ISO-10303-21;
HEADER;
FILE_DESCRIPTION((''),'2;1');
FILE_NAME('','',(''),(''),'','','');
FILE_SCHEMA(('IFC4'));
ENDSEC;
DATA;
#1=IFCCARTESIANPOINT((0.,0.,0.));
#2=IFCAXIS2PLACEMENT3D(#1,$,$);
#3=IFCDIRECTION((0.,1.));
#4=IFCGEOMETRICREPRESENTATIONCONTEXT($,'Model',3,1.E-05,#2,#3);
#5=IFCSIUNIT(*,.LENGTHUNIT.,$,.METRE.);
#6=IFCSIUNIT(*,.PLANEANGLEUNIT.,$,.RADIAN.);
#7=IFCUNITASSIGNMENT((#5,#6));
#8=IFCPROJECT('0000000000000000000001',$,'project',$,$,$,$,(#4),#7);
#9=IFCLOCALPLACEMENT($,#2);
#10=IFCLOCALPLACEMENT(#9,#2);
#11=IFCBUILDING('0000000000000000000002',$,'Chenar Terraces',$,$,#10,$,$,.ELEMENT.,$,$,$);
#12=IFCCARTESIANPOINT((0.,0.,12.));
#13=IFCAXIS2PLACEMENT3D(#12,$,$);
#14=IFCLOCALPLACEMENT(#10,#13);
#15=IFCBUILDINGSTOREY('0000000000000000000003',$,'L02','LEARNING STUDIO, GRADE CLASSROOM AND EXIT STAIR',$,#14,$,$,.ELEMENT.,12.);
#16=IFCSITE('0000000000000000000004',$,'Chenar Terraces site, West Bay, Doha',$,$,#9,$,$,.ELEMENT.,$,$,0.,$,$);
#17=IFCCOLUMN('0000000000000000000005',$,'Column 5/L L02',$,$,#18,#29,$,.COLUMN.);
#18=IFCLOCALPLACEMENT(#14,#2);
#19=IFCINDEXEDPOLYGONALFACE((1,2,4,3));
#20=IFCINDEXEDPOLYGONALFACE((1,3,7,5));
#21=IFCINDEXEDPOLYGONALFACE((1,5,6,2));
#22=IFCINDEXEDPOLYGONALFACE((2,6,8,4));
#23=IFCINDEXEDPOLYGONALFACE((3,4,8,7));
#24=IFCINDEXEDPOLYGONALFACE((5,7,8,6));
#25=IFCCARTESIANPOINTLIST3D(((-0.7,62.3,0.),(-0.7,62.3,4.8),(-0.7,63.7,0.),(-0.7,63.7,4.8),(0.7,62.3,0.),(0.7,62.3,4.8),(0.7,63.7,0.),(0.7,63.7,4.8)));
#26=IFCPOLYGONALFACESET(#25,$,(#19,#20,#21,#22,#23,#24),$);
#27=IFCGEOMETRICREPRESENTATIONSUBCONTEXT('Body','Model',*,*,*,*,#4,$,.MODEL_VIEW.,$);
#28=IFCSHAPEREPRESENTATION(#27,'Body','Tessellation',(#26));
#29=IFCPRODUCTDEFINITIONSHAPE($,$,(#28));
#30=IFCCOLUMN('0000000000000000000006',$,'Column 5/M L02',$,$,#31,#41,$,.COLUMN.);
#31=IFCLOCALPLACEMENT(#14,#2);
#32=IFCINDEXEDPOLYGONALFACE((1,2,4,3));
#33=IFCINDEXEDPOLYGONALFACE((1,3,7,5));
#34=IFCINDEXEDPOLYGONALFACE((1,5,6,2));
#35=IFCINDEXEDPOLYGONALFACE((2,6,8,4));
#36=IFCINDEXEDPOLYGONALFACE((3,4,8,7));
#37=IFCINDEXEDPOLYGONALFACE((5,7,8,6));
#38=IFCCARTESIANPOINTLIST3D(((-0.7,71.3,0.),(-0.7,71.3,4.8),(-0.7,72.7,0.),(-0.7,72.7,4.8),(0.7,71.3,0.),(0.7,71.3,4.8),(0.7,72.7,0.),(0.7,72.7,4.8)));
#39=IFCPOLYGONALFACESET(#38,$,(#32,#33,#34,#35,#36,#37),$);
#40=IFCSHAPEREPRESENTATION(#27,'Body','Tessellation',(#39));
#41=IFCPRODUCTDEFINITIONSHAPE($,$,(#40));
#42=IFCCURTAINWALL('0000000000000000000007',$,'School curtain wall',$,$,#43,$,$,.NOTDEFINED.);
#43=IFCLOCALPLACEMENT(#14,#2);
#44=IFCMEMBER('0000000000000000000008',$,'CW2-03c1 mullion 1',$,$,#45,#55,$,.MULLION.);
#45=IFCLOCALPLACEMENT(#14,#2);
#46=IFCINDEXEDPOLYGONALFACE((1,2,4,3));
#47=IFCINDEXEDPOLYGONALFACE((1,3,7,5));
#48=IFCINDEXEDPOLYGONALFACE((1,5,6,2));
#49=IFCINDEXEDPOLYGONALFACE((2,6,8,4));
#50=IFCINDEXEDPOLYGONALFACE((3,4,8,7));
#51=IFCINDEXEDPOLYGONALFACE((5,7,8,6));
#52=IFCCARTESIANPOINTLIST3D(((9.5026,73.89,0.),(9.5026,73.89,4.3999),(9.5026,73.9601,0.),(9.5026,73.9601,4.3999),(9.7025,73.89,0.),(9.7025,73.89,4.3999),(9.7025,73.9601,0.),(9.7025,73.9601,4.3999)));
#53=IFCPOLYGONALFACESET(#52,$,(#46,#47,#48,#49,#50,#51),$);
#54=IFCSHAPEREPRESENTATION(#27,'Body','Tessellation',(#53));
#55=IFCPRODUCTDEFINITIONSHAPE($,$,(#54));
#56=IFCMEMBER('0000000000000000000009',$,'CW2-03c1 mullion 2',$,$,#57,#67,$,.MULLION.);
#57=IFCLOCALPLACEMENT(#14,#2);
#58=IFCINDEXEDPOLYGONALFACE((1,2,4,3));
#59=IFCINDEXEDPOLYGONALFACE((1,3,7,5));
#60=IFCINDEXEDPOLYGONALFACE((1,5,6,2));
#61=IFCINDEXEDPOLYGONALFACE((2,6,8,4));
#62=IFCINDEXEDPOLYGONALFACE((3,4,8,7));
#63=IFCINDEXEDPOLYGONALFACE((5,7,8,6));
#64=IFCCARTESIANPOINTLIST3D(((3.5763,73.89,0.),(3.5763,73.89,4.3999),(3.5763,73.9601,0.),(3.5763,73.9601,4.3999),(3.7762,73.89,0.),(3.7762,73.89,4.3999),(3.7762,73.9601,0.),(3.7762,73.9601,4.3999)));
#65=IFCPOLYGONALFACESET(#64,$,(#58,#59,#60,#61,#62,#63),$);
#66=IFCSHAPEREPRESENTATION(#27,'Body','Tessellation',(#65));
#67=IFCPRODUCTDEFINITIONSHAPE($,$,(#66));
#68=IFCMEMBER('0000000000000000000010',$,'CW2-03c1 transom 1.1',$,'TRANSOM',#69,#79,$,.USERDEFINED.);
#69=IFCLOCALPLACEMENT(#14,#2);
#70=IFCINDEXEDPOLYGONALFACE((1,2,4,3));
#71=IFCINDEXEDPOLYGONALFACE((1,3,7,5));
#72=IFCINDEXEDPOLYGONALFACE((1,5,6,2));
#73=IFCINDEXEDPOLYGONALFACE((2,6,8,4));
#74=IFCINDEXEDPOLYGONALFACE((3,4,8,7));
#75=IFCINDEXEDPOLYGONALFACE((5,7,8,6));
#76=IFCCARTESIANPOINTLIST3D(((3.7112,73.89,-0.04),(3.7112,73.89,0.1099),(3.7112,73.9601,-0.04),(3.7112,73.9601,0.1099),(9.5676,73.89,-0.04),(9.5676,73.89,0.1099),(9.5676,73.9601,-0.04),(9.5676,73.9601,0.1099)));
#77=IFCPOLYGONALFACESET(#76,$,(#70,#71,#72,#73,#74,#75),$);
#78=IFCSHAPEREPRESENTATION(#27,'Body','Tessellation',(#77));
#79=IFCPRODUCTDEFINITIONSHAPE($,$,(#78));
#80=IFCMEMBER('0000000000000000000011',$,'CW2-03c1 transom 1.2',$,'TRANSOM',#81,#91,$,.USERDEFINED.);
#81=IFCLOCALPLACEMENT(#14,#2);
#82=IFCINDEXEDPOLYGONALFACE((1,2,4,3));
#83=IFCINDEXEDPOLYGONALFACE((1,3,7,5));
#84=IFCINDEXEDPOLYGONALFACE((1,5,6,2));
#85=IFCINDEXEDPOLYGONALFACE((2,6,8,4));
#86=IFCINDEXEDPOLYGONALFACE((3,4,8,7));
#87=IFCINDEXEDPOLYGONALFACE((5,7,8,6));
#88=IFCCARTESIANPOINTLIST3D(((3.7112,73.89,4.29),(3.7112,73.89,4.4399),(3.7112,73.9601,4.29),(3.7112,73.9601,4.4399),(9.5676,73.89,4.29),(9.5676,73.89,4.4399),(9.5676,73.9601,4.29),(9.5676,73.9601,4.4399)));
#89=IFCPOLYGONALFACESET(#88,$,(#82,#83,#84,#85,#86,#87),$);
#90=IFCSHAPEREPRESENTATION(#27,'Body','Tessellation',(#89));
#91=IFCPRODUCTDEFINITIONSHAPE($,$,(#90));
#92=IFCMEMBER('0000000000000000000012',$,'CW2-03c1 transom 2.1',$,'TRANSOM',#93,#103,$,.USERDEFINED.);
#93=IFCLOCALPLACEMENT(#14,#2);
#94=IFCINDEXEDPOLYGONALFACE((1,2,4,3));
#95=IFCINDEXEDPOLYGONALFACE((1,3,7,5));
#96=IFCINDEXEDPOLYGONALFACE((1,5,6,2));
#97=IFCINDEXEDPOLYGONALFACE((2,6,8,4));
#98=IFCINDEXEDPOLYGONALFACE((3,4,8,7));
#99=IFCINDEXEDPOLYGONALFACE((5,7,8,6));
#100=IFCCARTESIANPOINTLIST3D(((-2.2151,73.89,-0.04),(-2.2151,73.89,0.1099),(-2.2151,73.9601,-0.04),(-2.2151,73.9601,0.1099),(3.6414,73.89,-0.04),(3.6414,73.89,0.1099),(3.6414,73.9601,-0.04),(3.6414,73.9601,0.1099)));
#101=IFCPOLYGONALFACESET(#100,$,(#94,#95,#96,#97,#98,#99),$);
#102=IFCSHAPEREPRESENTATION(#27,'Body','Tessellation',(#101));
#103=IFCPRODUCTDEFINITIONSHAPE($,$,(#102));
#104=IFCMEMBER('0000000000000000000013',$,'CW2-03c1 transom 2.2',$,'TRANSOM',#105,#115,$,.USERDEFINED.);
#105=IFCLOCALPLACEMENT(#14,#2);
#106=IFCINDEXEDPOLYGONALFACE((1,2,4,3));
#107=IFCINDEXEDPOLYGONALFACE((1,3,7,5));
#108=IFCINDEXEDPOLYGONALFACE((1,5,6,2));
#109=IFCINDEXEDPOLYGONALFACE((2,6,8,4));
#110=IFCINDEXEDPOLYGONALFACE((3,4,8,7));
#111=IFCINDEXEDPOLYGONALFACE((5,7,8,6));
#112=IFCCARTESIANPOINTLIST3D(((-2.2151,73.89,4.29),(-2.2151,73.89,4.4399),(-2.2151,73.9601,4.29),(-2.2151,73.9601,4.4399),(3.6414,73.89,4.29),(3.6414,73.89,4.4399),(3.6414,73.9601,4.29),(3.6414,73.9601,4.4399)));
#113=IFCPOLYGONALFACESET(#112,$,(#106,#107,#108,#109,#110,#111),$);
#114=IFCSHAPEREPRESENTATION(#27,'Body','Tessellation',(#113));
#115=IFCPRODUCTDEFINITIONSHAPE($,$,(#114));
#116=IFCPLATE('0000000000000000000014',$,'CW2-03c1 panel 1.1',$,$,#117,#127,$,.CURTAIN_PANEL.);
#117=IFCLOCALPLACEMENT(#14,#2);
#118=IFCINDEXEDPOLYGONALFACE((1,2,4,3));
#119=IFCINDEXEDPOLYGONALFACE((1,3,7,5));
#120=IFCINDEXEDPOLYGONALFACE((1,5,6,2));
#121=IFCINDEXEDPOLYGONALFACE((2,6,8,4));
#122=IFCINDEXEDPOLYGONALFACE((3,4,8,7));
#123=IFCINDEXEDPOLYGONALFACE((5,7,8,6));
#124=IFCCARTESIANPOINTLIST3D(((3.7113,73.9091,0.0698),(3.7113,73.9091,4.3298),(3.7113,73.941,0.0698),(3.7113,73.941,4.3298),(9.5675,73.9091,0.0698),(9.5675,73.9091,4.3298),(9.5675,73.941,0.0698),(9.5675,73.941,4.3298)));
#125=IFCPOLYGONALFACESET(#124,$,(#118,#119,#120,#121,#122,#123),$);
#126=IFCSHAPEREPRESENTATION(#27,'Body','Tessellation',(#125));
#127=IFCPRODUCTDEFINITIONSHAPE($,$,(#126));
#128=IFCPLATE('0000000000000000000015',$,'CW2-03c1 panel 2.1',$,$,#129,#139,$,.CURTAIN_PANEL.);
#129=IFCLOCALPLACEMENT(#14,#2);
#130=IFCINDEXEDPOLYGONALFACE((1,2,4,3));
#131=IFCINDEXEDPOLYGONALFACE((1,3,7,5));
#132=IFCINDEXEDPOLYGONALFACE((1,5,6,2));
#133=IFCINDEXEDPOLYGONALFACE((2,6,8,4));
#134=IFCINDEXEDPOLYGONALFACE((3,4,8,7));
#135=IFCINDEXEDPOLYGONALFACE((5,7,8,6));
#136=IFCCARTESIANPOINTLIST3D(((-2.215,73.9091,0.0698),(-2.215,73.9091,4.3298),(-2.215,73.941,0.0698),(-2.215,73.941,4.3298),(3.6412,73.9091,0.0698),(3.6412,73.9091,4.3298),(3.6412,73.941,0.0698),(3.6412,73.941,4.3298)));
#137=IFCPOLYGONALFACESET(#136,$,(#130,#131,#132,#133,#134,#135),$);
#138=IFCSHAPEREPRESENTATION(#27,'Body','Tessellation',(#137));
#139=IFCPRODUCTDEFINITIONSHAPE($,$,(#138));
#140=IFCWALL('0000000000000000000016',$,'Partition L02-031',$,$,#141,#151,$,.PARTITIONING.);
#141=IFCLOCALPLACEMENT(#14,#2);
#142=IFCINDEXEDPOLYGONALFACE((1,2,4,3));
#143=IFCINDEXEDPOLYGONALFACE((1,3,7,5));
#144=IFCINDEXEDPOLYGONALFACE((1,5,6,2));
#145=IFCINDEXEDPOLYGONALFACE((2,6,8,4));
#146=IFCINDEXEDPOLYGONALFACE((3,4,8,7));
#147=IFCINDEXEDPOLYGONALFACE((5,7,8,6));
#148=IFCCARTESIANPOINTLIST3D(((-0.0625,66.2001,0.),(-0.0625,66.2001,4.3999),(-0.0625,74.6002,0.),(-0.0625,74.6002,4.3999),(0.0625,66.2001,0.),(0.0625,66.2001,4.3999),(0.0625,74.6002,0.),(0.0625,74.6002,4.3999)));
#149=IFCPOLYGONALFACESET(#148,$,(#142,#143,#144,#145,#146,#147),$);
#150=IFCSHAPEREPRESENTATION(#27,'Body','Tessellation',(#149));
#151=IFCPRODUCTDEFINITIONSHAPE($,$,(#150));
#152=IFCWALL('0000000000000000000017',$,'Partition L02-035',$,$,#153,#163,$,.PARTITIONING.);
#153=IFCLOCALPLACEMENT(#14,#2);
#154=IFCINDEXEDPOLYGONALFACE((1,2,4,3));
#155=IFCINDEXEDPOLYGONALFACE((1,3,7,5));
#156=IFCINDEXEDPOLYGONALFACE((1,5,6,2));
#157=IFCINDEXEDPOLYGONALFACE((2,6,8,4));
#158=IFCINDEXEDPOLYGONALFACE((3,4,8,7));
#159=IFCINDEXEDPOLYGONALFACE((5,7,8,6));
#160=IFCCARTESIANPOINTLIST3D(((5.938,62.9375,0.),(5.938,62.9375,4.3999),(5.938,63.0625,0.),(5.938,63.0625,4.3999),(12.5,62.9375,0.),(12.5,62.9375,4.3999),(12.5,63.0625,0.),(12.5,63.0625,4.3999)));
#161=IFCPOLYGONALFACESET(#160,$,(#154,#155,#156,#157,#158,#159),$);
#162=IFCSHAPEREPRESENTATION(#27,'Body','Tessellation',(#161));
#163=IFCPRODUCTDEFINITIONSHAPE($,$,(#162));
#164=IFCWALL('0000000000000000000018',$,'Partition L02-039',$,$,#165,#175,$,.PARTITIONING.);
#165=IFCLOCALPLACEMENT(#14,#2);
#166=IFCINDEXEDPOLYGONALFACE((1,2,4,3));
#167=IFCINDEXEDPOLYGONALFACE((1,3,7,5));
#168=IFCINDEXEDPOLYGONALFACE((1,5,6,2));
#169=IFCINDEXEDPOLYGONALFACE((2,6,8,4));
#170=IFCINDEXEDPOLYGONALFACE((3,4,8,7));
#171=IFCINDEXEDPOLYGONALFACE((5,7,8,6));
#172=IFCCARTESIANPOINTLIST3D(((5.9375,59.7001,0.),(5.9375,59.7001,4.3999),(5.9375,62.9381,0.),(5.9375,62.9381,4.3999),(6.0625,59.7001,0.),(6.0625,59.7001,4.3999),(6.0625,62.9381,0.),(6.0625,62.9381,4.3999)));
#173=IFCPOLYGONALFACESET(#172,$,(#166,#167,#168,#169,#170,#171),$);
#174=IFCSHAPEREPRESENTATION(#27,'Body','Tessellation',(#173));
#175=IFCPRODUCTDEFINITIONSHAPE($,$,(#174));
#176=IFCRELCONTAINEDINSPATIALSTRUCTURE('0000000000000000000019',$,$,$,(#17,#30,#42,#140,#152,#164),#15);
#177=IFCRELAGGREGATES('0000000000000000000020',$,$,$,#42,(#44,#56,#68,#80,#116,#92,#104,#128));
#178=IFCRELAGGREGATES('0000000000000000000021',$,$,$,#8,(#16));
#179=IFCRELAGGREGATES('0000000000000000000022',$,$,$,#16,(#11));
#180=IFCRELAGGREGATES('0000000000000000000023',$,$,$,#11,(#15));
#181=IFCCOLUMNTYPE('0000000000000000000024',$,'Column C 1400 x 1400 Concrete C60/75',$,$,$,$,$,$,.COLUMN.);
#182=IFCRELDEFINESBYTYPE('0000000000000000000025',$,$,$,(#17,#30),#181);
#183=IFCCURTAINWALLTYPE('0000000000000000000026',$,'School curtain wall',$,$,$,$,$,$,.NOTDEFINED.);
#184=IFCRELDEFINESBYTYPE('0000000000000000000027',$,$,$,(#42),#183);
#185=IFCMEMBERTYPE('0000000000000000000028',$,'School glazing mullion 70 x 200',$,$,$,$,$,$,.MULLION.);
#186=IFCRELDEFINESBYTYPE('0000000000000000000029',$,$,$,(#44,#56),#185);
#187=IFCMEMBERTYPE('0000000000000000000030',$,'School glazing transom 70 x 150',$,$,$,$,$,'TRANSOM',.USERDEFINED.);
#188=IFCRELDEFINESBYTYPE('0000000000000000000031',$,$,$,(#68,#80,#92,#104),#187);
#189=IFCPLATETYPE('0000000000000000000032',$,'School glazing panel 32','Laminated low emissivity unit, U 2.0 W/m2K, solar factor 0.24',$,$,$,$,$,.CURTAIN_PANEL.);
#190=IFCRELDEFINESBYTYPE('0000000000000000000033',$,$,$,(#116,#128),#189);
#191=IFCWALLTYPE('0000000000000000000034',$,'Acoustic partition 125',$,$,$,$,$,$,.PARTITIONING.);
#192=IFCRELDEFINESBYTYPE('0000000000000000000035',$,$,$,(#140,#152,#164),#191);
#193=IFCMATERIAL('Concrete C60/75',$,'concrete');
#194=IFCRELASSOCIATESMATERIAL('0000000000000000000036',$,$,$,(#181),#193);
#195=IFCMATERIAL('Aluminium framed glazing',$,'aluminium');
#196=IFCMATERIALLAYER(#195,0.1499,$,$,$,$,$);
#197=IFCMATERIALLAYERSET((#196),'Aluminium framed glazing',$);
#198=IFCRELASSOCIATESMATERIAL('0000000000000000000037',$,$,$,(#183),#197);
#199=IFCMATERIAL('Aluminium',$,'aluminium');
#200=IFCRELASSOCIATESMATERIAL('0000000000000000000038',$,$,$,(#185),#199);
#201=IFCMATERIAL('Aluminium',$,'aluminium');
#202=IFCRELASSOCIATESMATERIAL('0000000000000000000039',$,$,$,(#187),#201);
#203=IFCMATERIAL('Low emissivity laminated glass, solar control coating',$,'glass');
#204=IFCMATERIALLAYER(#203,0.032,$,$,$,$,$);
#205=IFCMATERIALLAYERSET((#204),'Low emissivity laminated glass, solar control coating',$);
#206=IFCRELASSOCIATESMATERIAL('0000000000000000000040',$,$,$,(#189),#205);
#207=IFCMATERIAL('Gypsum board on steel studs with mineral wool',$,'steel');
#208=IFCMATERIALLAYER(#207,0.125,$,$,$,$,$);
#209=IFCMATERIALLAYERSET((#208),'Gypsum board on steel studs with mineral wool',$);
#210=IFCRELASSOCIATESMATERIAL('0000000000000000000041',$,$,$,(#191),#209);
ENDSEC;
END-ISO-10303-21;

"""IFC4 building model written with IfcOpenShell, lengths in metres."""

from ifc_helpers import new_model, si_unit, direction, frame, frame_2d, origin, origin_2d, place, context, subcontext, project, spatial, rectangle, extrude, material, layer, layer_set, material_profile, profile_set, type_object, element, aggregate, save


model = new_model("IFC4")

# Units and contexts
model_context = context("Model", 3, precision=1e-05, world=origin(), true_north=direction((0.0, 1.0)))
body_context = subcontext(model_context, "Body", "Model", "MODEL_VIEW")
ifc_project = project(units=[si_unit("LENGTHUNIT", "METRE"), si_unit("PLANEANGLEUNIT", "RADIAN")], contexts=[model_context])

# Site, building, storey
site_placement = place(None, origin())
site = spatial("IfcSite", under=ifc_project, at=site_placement, Name="Chenar Terraces site, West Bay, Doha", CompositionType="ELEMENT", RefElevation=0.0)
building_placement = place(site_placement, origin())
building = spatial("IfcBuilding", under=site, at=building_placement, Name="Chenar Terraces", CompositionType="ELEMENT")
storey_placement = place(building_placement, frame((0.0, 0.0, 12.0)))
storey = spatial("IfcBuildingStorey", under=building, at=storey_placement, Name="L02", Description="LEARNING STUDIO, GRADE CLASSROOM AND EXIT STAIR", CompositionType="ELEMENT", Elevation=12.0)

# Columns
ifc_material_1 = material(Name="Concrete C60/75", Category="concrete")
ifc_material_profile_1 = material_profile(ifc_material_1, rectangle(XDim=1.3999, YDim=1.3999, at=origin_2d()), Name="C 1400 x 1400")
ifc_profile_set_1 = profile_set([ifc_material_profile_1], Name="Concrete C60/75")
column_type = type_object("IfcColumnType", Name="Column C 1400 x 1400 Concrete C60/75", PredefinedType="COLUMN", material=ifc_profile_set_1)
for number, where, z_axis, x_axis, name in (
    (1, (0.0, 63.0, 0.0), (0.0, 0.0, 1.0), (1.0, 0.0, 0.0), "Column 5/L L02"),
    (2, (0.0, 72.0, 0.0), (0.0, 0.0, 1.0), (1.0, 0.0, 0.0), "Column 5/M L02"),
):
    element("IfcColumn", number, at=place(storey_placement, frame(where, z_axis=z_axis, x_axis=x_axis)), inside=storey, type_object=column_type, Name=name, PredefinedType="COLUMN", context=body_context, shape_type="SweptSolid", body=[
        extrude(rectangle(XDim=1.3999, YDim=1.3999, at=origin_2d()), origin(), (0.0, 0.0, 1.0), 4.8),
    ])

# Curtain wall, members, plates
ifc_material_2 = material(Name="Aluminium framed glazing", Category="aluminium")
ifc_layer_1 = layer(ifc_material_2, 0.1499)
ifc_layer_set_1 = layer_set([ifc_layer_1], Name="Aluminium framed glazing")
curtain_wall_type = type_object("IfcCurtainWallType", Name="School curtain wall", PredefinedType="NOTDEFINED", material=ifc_layer_set_1)
placement = place(storey_placement, origin())
curtain_wall = element("IfcCurtainWall", 3, at=placement, inside=storey, type_object=curtain_wall_type, Name="School curtain wall", PredefinedType="NOTDEFINED")
ifc_material_3 = material(Name="Aluminium", Category="aluminium")
ifc_material_profile_2 = material_profile(ifc_material_3, rectangle(XDim=0.0701, YDim=0.2, at=origin_2d()), Name="School glazing mullion 70 x 200")
ifc_profile_set_2 = profile_set([ifc_material_profile_2], Name="Aluminium")
member_type_1 = type_object("IfcMemberType", Name="School glazing mullion 70 x 200", PredefinedType="MULLION", material=ifc_profile_set_2)
member_1_placement = place(storey_placement, frame((9.6025, 73.925, 0.0), z_axis=(0.0, 0.0, 1.0), x_axis=(0.0, -1.0, 0.0)))
member_1 = element("IfcMember", 4, at=member_1_placement, type_object=member_type_1, Name="CW2-03c1 mullion 1", PredefinedType="MULLION", context=body_context, shape_type="SweptSolid", body=[
    extrude(rectangle(XDim=0.0701, YDim=0.2, at=origin_2d()), origin(), (0.0, 0.0, 1.0), 4.3999),
])
member_2_placement = place(storey_placement, frame((3.6763, 73.925, 0.0), z_axis=(0.0, 0.0, 1.0), x_axis=(0.0, -1.0, 0.0)))
member_2 = element("IfcMember", 5, at=member_2_placement, type_object=member_type_1, Name="CW2-03c1 mullion 2", PredefinedType="MULLION", context=body_context, shape_type="SweptSolid", body=[
    extrude(rectangle(XDim=0.0701, YDim=0.2, at=origin_2d()), origin(), (0.0, 0.0, 1.0), 4.3999),
])
ifc_material_4 = material(Name="Aluminium", Category="aluminium")
ifc_material_profile_3 = material_profile(ifc_material_4, rectangle(XDim=0.0701, YDim=0.1499, at=origin_2d()), Name="School glazing transom 70 x 150")
ifc_profile_set_3 = profile_set([ifc_material_profile_3], Name="Aluminium")
member_type_2 = type_object("IfcMemberType", Name="School glazing transom 70 x 150", ElementType="TRANSOM", PredefinedType="USERDEFINED", material=ifc_profile_set_3)
member_3_placement = place(storey_placement, frame((9.5676, 73.925, 0.0349), z_axis=(-1.0, 0.0, 0.0), x_axis=(0.0, -1.0, 0.0)))
member_3 = element("IfcMember", 6, at=member_3_placement, type_object=member_type_2, Name="CW2-03c1 transom 1.1", ObjectType="TRANSOM", PredefinedType="USERDEFINED", context=body_context, shape_type="SweptSolid", body=[
    extrude(rectangle(XDim=0.0701, YDim=0.1499, at=origin_2d()), origin(), (0.0, 0.0, 1.0), 5.8564),
])
member_4_placement = place(storey_placement, frame((9.5676, 73.925, 4.365), z_axis=(-1.0, 0.0, 0.0), x_axis=(0.0, -1.0, 0.0)))
member_4 = element("IfcMember", 7, at=member_4_placement, type_object=member_type_2, Name="CW2-03c1 transom 1.2", ObjectType="TRANSOM", PredefinedType="USERDEFINED", context=body_context, shape_type="SweptSolid", body=[
    extrude(rectangle(XDim=0.0701, YDim=0.1499, at=origin_2d()), origin(), (0.0, 0.0, 1.0), 5.8564),
])
member_5_placement = place(storey_placement, frame((3.6414, 73.925, 0.0349), z_axis=(-1.0, 0.0, 0.0), x_axis=(0.0, -1.0, 0.0)))
member_5 = element("IfcMember", 8, at=member_5_placement, type_object=member_type_2, Name="CW2-03c1 transom 2.1", ObjectType="TRANSOM", PredefinedType="USERDEFINED", context=body_context, shape_type="SweptSolid", body=[
    extrude(rectangle(XDim=0.0701, YDim=0.1499, at=origin_2d()), origin(), (0.0, 0.0, 1.0), 5.8564),
])
member_6_placement = place(storey_placement, frame((3.6414, 73.925, 4.365), z_axis=(-1.0, 0.0, 0.0), x_axis=(0.0, -1.0, 0.0)))
member_6 = element("IfcMember", 9, at=member_6_placement, type_object=member_type_2, Name="CW2-03c1 transom 2.2", ObjectType="TRANSOM", PredefinedType="USERDEFINED", context=body_context, shape_type="SweptSolid", body=[
    extrude(rectangle(XDim=0.0701, YDim=0.1499, at=origin_2d()), origin(), (0.0, 0.0, 1.0), 5.8564),
])
ifc_material_5 = material(Name="Low emissivity laminated glass, solar control coating", Category="glass")
ifc_layer_2 = layer(ifc_material_5, 0.032)
ifc_layer_set_2 = layer_set([ifc_layer_2], Name="Low emissivity laminated glass, solar control coating")
plate_type = type_object("IfcPlateType", Name="School glazing panel 32", Description="Laminated low emissivity unit, U 2.0 W/m2K, solar factor 0.24", PredefinedType="CURTAIN_PANEL", material=ifc_layer_set_2)
plate_1_placement = place(storey_placement, frame((6.6394, 73.925, 0.0698), z_axis=(0.0, 0.0, 1.0), x_axis=(-1.0, 0.0, 0.0)))
plate_1 = element("IfcPlate", 10, at=plate_1_placement, type_object=plate_type, Name="CW2-03c1 panel 1.1", PredefinedType="CURTAIN_PANEL", context=body_context, shape_type="SweptSolid", body=[
    extrude(rectangle(XDim=5.8562, YDim=0.032, at=origin_2d()), origin(), (0.0, 0.0, 1.0), 4.26),
])
plate_2_placement = place(storey_placement, frame((0.7131, 73.925, 0.0698), z_axis=(0.0, 0.0, 1.0), x_axis=(-1.0, 0.0, 0.0)))
plate_2 = element("IfcPlate", 11, at=plate_2_placement, type_object=plate_type, Name="CW2-03c1 panel 2.1", PredefinedType="CURTAIN_PANEL", context=body_context, shape_type="SweptSolid", body=[
    extrude(rectangle(XDim=5.8562, YDim=0.032, at=origin_2d()), origin(), (0.0, 0.0, 1.0), 4.26),
])
aggregate(curtain_wall, [member_1, member_2, member_3, member_4, plate_1, member_5, member_6, plate_2])

# Walls
ifc_material_6 = material(Name="Gypsum board on steel studs with mineral wool", Category="steel")
ifc_layer_3 = layer(ifc_material_6, 0.125)
ifc_layer_set_3 = layer_set([ifc_layer_3], Name="Gypsum board on steel studs with mineral wool")
wall_type = type_object("IfcWallType", Name="Acoustic partition 125", PredefinedType="PARTITIONING", material=ifc_layer_set_3)
wall_1_placement = place(storey_placement, frame((0.0, 66.2, 0.0), z_axis=(0.0, 0.0, 1.0), x_axis=(0.0, 1.0, 0.0)))
element("IfcWall", 12, at=wall_1_placement, inside=storey, type_object=wall_type, Name="Partition L02-031", PredefinedType="PARTITIONING", context=body_context, shape_type="SweptSolid", body=[
    extrude(rectangle(XDim=8.4001, YDim=0.125, at=frame_2d((4.2002, 0.0))), origin(), (0.0, 0.0, 1.0), 4.3999),
])
wall_2_placement = place(storey_placement, frame((5.938, 63.0, 0.0), z_axis=(0.0, 0.0, 1.0), x_axis=(1.0, 0.0, 0.0)))
element("IfcWall", 13, at=wall_2_placement, inside=storey, type_object=wall_type, Name="Partition L02-035", PredefinedType="PARTITIONING", context=body_context, shape_type="SweptSolid", body=[
    extrude(rectangle(XDim=6.562, YDim=0.125, at=frame_2d((3.281, 0.0))), origin(), (0.0, 0.0, 1.0), 4.3999),
])
wall_3_placement = place(storey_placement, frame((6.0, 59.7, 0.0), z_axis=(0.0, 0.0, 1.0), x_axis=(0.0, 1.0, 0.0)))
element("IfcWall", 14, at=wall_3_placement, inside=storey, type_object=wall_type, Name="Partition L02-039", PredefinedType="PARTITIONING", context=body_context, shape_type="SweptSolid", body=[
    extrude(rectangle(XDim=3.238, YDim=0.125, at=frame_2d((1.6191, 0.0))), origin(), (0.0, 0.0, 1.0), 4.3999),
])

save(model, "model.ifc")
